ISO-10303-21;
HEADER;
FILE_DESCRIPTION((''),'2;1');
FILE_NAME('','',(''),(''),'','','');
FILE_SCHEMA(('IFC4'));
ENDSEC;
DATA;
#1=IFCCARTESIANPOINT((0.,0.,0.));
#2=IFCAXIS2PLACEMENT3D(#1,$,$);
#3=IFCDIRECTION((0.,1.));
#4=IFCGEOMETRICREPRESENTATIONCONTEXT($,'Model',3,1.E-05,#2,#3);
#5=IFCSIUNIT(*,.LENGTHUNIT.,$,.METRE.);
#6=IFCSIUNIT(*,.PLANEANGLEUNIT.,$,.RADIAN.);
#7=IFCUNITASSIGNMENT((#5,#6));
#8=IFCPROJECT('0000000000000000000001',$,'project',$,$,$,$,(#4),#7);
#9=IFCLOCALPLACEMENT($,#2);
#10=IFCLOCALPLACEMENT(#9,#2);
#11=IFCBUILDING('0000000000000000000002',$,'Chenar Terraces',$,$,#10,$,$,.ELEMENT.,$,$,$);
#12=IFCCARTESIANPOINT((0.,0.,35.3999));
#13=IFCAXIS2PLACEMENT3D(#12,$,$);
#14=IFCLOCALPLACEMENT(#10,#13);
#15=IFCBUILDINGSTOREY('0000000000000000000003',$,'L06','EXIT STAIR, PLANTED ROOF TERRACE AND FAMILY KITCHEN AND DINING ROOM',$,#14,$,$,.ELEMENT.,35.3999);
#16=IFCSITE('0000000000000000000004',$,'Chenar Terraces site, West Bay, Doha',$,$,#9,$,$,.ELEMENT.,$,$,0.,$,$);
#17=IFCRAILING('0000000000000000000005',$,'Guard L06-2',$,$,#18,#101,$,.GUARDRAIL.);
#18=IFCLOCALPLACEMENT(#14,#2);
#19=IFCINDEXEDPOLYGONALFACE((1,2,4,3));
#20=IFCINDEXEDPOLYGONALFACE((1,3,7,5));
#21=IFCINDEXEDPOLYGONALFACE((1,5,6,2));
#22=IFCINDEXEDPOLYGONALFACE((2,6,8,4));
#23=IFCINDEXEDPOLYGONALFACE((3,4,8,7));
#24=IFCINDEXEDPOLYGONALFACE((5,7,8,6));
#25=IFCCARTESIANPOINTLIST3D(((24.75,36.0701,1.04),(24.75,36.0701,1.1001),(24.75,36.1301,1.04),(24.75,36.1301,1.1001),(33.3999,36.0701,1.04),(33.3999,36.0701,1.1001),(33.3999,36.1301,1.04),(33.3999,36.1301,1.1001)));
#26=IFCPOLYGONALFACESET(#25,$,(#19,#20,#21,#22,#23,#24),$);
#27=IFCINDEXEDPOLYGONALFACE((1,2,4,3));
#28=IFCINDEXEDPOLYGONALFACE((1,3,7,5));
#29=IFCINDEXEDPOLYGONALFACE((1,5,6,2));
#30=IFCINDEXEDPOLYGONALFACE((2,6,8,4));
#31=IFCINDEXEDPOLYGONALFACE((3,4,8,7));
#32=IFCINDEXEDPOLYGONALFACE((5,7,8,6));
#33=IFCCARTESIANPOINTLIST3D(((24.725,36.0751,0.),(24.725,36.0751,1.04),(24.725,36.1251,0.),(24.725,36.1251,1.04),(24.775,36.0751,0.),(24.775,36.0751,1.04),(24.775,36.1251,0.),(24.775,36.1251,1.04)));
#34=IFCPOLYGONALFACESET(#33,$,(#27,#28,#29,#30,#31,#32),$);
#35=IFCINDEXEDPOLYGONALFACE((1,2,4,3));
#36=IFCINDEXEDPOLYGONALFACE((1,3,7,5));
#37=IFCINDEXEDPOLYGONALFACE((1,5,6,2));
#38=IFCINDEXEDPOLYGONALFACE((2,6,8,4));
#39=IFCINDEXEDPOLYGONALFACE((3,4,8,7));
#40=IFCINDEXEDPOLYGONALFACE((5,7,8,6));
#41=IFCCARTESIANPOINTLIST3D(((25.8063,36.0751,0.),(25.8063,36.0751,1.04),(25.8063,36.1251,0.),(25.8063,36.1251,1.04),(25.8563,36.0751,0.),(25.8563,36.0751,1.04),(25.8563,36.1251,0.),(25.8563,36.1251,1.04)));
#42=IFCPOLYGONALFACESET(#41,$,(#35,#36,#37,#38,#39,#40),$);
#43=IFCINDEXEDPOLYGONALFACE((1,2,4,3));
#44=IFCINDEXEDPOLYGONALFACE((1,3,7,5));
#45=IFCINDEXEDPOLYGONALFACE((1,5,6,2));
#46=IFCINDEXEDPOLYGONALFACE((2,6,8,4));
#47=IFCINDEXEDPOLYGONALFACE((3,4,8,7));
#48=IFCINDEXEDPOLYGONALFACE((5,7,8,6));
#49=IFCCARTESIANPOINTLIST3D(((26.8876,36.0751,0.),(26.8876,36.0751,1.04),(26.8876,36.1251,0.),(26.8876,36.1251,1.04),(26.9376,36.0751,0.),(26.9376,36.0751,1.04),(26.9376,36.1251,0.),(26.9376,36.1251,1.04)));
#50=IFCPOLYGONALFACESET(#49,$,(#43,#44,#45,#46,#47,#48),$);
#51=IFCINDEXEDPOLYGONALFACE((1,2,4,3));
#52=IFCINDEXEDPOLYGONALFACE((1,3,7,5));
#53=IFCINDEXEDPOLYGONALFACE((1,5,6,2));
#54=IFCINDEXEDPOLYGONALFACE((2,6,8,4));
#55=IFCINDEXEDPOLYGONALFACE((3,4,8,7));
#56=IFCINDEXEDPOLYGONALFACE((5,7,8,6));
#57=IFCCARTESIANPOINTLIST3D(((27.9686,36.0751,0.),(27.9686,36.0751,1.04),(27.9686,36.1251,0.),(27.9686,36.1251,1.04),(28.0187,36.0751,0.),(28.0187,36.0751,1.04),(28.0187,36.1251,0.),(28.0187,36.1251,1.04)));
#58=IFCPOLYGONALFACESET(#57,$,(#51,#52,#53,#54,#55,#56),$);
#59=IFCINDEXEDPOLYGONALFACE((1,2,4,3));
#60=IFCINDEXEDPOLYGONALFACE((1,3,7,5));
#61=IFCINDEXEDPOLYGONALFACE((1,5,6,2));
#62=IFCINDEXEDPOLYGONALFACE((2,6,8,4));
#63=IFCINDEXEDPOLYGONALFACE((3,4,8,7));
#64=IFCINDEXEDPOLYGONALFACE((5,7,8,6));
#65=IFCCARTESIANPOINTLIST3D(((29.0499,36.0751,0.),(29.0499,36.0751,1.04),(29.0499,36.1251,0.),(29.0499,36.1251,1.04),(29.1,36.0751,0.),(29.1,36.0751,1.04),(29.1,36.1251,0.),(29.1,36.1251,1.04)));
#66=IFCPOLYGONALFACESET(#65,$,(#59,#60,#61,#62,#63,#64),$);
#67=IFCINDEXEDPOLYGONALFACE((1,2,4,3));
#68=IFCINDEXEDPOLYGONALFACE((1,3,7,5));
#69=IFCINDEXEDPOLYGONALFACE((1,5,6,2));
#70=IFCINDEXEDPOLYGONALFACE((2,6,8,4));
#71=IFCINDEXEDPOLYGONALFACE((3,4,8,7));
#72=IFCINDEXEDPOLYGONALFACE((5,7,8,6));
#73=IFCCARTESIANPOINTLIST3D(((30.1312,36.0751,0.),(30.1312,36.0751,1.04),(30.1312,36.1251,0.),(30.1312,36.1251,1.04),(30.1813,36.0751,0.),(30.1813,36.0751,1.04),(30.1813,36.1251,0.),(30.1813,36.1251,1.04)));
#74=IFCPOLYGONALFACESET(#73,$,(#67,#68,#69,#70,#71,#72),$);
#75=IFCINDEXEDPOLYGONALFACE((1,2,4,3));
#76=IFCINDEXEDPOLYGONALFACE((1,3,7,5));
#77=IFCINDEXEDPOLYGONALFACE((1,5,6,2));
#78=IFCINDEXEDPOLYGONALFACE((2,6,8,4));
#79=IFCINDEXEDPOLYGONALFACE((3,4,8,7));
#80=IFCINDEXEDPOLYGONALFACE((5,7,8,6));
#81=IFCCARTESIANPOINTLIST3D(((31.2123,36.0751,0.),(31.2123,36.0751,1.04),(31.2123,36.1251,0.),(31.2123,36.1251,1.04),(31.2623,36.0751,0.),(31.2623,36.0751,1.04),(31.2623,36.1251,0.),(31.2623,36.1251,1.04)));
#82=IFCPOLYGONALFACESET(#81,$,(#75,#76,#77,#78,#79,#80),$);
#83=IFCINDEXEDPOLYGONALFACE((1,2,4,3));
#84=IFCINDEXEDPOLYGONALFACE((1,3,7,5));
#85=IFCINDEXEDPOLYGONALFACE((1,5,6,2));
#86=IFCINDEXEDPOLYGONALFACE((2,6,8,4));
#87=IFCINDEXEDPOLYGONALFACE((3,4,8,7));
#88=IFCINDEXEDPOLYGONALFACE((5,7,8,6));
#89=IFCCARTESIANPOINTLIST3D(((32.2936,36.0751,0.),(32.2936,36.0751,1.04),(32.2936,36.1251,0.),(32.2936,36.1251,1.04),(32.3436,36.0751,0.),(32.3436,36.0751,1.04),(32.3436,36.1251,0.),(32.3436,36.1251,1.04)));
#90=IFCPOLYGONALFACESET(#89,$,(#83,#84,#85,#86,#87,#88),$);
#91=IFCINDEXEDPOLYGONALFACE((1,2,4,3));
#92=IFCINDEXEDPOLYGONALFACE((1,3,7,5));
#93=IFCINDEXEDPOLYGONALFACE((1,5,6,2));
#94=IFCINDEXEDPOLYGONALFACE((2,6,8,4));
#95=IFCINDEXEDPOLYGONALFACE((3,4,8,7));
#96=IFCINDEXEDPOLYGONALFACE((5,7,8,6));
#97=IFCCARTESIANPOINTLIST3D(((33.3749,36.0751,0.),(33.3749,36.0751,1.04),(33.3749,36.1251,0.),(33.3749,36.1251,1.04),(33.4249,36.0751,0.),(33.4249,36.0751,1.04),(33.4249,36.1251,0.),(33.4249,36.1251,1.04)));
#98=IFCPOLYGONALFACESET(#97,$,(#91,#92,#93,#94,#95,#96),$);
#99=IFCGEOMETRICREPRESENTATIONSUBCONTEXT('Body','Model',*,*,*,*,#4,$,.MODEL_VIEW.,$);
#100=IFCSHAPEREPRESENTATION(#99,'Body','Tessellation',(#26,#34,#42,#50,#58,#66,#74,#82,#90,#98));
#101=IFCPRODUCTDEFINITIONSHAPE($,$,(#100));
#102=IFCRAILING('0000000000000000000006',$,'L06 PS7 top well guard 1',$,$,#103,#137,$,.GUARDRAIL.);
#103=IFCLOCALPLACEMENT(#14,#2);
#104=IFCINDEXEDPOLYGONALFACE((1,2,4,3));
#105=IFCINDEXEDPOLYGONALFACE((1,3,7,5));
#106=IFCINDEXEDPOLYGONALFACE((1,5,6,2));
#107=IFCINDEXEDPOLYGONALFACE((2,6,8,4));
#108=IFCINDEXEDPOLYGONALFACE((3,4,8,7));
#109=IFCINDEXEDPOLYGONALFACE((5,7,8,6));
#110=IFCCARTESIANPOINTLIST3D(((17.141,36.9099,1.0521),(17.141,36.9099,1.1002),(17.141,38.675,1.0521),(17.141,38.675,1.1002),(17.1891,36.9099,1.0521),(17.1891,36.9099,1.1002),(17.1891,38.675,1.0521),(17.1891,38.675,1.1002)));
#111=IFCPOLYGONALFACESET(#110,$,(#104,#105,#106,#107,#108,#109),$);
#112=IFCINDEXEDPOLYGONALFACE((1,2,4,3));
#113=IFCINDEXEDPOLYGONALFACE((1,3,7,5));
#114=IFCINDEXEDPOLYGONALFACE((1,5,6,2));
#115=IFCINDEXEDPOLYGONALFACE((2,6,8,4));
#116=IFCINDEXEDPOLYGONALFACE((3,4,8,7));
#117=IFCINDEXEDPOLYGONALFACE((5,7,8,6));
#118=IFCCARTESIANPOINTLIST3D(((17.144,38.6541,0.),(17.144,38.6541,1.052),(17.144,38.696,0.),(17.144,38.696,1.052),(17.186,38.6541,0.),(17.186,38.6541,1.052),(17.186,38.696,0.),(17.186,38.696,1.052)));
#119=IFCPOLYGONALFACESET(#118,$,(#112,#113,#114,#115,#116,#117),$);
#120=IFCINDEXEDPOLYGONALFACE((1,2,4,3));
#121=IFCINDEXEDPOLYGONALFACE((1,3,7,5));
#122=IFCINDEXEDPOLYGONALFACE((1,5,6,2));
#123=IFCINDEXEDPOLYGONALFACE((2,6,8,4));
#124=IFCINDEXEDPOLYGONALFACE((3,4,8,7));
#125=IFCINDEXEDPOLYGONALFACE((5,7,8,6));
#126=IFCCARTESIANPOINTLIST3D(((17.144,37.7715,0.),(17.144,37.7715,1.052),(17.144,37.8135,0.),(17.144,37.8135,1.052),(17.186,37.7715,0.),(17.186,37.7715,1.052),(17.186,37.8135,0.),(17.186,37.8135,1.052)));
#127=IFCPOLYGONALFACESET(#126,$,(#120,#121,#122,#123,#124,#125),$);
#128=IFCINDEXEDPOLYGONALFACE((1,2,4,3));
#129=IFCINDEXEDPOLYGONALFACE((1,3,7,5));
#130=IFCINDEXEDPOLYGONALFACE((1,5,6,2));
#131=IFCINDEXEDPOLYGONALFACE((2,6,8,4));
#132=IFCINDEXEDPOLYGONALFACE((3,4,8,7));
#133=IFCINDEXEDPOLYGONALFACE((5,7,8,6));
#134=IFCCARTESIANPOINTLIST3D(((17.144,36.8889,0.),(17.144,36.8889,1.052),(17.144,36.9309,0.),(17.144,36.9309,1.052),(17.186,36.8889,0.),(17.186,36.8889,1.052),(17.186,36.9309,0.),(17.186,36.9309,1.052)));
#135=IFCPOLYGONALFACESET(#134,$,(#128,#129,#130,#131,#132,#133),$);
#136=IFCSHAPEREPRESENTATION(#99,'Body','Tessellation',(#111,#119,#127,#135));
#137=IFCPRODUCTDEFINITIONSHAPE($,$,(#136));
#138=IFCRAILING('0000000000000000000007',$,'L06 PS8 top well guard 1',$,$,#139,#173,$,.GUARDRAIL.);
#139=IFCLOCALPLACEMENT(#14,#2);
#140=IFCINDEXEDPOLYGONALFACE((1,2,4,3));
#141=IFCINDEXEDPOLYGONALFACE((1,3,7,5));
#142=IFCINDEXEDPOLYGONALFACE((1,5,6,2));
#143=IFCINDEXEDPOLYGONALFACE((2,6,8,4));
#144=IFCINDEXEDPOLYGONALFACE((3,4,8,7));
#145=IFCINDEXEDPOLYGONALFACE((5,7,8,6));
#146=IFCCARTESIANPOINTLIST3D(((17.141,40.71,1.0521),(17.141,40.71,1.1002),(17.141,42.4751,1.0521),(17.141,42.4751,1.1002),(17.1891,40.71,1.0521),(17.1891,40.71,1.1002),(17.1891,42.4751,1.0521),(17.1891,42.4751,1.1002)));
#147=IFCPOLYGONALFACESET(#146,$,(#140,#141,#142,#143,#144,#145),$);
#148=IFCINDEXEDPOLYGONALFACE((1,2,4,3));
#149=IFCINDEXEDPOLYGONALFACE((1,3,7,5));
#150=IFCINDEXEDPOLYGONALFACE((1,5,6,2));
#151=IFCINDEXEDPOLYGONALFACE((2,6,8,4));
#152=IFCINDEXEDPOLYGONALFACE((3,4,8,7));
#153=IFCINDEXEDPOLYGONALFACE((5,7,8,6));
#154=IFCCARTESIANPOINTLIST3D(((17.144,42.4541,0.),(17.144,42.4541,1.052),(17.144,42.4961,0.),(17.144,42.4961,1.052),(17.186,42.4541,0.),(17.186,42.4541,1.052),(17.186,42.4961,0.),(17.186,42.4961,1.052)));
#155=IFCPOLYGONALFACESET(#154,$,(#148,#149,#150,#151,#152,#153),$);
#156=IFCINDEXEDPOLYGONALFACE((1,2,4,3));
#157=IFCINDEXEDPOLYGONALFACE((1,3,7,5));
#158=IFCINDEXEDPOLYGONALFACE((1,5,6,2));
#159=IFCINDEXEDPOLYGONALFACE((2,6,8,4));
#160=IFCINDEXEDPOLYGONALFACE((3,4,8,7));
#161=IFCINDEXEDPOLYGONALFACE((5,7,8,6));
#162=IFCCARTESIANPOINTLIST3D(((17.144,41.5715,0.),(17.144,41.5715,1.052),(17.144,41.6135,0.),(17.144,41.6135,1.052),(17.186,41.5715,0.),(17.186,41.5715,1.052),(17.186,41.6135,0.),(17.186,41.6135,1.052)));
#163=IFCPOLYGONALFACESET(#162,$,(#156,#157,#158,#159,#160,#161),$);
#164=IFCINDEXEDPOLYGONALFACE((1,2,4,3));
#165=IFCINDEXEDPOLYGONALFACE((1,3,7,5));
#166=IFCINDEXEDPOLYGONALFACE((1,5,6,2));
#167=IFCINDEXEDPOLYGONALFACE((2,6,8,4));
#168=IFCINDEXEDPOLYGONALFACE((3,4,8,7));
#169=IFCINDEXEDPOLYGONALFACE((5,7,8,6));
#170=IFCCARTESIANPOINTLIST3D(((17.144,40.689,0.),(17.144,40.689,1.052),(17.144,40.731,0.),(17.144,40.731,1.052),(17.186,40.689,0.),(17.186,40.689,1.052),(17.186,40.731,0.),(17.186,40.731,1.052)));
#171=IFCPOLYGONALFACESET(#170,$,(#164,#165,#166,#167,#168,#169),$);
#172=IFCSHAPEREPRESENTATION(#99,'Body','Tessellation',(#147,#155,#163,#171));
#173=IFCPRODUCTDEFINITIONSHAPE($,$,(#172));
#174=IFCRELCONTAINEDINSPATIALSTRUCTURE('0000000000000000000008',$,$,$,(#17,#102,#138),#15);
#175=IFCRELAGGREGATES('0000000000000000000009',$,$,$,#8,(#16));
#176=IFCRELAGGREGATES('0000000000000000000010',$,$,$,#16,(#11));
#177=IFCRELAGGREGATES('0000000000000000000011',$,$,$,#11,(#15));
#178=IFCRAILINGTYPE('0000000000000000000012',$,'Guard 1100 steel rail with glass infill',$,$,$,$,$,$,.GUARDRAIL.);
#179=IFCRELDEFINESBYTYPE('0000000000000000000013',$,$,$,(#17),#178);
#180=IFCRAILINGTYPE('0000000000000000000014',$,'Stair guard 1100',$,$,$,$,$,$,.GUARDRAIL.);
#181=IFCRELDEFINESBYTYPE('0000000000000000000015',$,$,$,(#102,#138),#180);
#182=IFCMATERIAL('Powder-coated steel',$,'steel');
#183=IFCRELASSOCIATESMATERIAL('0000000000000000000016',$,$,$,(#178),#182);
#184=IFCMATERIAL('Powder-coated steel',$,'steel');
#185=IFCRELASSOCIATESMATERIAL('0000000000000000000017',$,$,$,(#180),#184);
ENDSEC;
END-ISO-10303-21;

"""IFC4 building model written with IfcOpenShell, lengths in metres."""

from ifc_helpers import new_model, si_unit, direction, frame, origin, origin_2d, place, context, subcontext, project, spatial, rectangle, extrude, material, type_object, element, save


model = new_model("IFC4")

# Units and contexts
model_context = context("Model", 3, precision=1e-05, world=origin(), true_north=direction((0.0, 1.0)))
body_context = subcontext(model_context, "Body", "Model", "MODEL_VIEW")
ifc_project = project(units=[si_unit("LENGTHUNIT", "METRE"), si_unit("PLANEANGLEUNIT", "RADIAN")], contexts=[model_context])

# Site, building, storey
site_placement = place(None, origin())
site = spatial("IfcSite", under=ifc_project, at=site_placement, Name="Chenar Terraces site, West Bay, Doha", CompositionType="ELEMENT", RefElevation=0.0)
building_placement = place(site_placement, origin())
building = spatial("IfcBuilding", under=site, at=building_placement, Name="Chenar Terraces", CompositionType="ELEMENT")
storey_placement = place(building_placement, frame((0.0, 0.0, 35.3999)))
storey = spatial("IfcBuildingStorey", under=building, at=storey_placement, Name="L06", Description="EXIT STAIR, PLANTED ROOF TERRACE AND FAMILY KITCHEN AND DINING ROOM", CompositionType="ELEMENT", Elevation=35.3999)

# Railings
ifc_material_1 = material(Name="Powder-coated steel", Category="steel")
railing_type_1 = type_object("IfcRailingType", Name="Guard 1100 steel rail with glass infill", PredefinedType="GUARDRAIL", material=ifc_material_1)
railing_1_placement = place(storey_placement, frame((24.75, 36.1001, 0.0)))
element("IfcRailing", 1, at=railing_1_placement, inside=storey, type_object=railing_type_1, Name="Guard L06-2", PredefinedType="GUARDRAIL", context=body_context, shape_type="SweptSolid", body=[
    extrude(rectangle(XDim=0.0601, YDim=0.0601, at=origin_2d()), frame((0.0, 0.0, 1.0701), z_axis=(1.0, 0.0, 0.0), x_axis=(0.0, 1.0, 0.0)), (0.0, 0.0, 1.0), 8.6499),
    extrude(rectangle(XDim=0.05, YDim=0.05, at=origin_2d()), origin(), (0.0, 0.0, 1.0), 1.04),
    extrude(rectangle(XDim=0.05, YDim=0.05, at=origin_2d()), frame((1.0813, 0.0, 0.0)), (0.0, 0.0, 1.0), 1.04),
    extrude(rectangle(XDim=0.05, YDim=0.05, at=origin_2d()), frame((2.1626, 0.0, 0.0)), (0.0, 0.0, 1.0), 1.04),
    extrude(rectangle(XDim=0.05, YDim=0.05, at=origin_2d()), frame((3.2437, 0.0, 0.0)), (0.0, 0.0, 1.0), 1.04),
    extrude(rectangle(XDim=0.05, YDim=0.05, at=origin_2d()), frame((4.325, 0.0, 0.0)), (0.0, 0.0, 1.0), 1.04),
    extrude(rectangle(XDim=0.05, YDim=0.05, at=origin_2d()), frame((5.4062, 0.0, 0.0)), (0.0, 0.0, 1.0), 1.04),
    extrude(rectangle(XDim=0.05, YDim=0.05, at=origin_2d()), frame((6.4873, 0.0, 0.0)), (0.0, 0.0, 1.0), 1.04),
    extrude(rectangle(XDim=0.05, YDim=0.05, at=origin_2d()), frame((7.5686, 0.0, 0.0)), (0.0, 0.0, 1.0), 1.04),
    extrude(rectangle(XDim=0.05, YDim=0.05, at=origin_2d()), frame((8.6499, 0.0, 0.0)), (0.0, 0.0, 1.0), 1.04),
])
ifc_material_2 = material(Name="Powder-coated steel", Category="steel")
railing_type_2 = type_object("IfcRailingType", Name="Stair guard 1100", PredefinedType="GUARDRAIL", material=ifc_material_2)
for number, where, name in (
    (2, (17.165, 38.675, 0.0), "L06 PS7 top well guard 1"),
    (3, (17.165, 42.4751, 0.0), "L06 PS8 top well guard 1"),
):
    element("IfcRailing", number, at=place(storey_placement, frame(where)), inside=storey, type_object=railing_type_2, Name=name, PredefinedType="GUARDRAIL", context=body_context, shape_type="SweptSolid", body=[
        extrude(rectangle(XDim=0.0481, YDim=0.0481, at=origin_2d()), frame((0.0, 0.0, 1.0762), z_axis=(0.0, -1.0, 0.0), x_axis=(1.0, 0.0, 0.0)), (0.0, 0.0, 1.0), 1.7651),
        extrude(rectangle(XDim=0.042, YDim=0.042, at=origin_2d()), origin(), (0.0, 0.0, 1.0), 1.052),
        extrude(rectangle(XDim=0.042, YDim=0.042, at=origin_2d()), frame((0.0, -0.8826, 0.0)), (0.0, 0.0, 1.0), 1.052),
        extrude(rectangle(XDim=0.042, YDim=0.042, at=origin_2d()), frame((0.0, -1.7651, 0.0)), (0.0, 0.0, 1.0), 1.052),
    ])

save(model, "model.ifc")
